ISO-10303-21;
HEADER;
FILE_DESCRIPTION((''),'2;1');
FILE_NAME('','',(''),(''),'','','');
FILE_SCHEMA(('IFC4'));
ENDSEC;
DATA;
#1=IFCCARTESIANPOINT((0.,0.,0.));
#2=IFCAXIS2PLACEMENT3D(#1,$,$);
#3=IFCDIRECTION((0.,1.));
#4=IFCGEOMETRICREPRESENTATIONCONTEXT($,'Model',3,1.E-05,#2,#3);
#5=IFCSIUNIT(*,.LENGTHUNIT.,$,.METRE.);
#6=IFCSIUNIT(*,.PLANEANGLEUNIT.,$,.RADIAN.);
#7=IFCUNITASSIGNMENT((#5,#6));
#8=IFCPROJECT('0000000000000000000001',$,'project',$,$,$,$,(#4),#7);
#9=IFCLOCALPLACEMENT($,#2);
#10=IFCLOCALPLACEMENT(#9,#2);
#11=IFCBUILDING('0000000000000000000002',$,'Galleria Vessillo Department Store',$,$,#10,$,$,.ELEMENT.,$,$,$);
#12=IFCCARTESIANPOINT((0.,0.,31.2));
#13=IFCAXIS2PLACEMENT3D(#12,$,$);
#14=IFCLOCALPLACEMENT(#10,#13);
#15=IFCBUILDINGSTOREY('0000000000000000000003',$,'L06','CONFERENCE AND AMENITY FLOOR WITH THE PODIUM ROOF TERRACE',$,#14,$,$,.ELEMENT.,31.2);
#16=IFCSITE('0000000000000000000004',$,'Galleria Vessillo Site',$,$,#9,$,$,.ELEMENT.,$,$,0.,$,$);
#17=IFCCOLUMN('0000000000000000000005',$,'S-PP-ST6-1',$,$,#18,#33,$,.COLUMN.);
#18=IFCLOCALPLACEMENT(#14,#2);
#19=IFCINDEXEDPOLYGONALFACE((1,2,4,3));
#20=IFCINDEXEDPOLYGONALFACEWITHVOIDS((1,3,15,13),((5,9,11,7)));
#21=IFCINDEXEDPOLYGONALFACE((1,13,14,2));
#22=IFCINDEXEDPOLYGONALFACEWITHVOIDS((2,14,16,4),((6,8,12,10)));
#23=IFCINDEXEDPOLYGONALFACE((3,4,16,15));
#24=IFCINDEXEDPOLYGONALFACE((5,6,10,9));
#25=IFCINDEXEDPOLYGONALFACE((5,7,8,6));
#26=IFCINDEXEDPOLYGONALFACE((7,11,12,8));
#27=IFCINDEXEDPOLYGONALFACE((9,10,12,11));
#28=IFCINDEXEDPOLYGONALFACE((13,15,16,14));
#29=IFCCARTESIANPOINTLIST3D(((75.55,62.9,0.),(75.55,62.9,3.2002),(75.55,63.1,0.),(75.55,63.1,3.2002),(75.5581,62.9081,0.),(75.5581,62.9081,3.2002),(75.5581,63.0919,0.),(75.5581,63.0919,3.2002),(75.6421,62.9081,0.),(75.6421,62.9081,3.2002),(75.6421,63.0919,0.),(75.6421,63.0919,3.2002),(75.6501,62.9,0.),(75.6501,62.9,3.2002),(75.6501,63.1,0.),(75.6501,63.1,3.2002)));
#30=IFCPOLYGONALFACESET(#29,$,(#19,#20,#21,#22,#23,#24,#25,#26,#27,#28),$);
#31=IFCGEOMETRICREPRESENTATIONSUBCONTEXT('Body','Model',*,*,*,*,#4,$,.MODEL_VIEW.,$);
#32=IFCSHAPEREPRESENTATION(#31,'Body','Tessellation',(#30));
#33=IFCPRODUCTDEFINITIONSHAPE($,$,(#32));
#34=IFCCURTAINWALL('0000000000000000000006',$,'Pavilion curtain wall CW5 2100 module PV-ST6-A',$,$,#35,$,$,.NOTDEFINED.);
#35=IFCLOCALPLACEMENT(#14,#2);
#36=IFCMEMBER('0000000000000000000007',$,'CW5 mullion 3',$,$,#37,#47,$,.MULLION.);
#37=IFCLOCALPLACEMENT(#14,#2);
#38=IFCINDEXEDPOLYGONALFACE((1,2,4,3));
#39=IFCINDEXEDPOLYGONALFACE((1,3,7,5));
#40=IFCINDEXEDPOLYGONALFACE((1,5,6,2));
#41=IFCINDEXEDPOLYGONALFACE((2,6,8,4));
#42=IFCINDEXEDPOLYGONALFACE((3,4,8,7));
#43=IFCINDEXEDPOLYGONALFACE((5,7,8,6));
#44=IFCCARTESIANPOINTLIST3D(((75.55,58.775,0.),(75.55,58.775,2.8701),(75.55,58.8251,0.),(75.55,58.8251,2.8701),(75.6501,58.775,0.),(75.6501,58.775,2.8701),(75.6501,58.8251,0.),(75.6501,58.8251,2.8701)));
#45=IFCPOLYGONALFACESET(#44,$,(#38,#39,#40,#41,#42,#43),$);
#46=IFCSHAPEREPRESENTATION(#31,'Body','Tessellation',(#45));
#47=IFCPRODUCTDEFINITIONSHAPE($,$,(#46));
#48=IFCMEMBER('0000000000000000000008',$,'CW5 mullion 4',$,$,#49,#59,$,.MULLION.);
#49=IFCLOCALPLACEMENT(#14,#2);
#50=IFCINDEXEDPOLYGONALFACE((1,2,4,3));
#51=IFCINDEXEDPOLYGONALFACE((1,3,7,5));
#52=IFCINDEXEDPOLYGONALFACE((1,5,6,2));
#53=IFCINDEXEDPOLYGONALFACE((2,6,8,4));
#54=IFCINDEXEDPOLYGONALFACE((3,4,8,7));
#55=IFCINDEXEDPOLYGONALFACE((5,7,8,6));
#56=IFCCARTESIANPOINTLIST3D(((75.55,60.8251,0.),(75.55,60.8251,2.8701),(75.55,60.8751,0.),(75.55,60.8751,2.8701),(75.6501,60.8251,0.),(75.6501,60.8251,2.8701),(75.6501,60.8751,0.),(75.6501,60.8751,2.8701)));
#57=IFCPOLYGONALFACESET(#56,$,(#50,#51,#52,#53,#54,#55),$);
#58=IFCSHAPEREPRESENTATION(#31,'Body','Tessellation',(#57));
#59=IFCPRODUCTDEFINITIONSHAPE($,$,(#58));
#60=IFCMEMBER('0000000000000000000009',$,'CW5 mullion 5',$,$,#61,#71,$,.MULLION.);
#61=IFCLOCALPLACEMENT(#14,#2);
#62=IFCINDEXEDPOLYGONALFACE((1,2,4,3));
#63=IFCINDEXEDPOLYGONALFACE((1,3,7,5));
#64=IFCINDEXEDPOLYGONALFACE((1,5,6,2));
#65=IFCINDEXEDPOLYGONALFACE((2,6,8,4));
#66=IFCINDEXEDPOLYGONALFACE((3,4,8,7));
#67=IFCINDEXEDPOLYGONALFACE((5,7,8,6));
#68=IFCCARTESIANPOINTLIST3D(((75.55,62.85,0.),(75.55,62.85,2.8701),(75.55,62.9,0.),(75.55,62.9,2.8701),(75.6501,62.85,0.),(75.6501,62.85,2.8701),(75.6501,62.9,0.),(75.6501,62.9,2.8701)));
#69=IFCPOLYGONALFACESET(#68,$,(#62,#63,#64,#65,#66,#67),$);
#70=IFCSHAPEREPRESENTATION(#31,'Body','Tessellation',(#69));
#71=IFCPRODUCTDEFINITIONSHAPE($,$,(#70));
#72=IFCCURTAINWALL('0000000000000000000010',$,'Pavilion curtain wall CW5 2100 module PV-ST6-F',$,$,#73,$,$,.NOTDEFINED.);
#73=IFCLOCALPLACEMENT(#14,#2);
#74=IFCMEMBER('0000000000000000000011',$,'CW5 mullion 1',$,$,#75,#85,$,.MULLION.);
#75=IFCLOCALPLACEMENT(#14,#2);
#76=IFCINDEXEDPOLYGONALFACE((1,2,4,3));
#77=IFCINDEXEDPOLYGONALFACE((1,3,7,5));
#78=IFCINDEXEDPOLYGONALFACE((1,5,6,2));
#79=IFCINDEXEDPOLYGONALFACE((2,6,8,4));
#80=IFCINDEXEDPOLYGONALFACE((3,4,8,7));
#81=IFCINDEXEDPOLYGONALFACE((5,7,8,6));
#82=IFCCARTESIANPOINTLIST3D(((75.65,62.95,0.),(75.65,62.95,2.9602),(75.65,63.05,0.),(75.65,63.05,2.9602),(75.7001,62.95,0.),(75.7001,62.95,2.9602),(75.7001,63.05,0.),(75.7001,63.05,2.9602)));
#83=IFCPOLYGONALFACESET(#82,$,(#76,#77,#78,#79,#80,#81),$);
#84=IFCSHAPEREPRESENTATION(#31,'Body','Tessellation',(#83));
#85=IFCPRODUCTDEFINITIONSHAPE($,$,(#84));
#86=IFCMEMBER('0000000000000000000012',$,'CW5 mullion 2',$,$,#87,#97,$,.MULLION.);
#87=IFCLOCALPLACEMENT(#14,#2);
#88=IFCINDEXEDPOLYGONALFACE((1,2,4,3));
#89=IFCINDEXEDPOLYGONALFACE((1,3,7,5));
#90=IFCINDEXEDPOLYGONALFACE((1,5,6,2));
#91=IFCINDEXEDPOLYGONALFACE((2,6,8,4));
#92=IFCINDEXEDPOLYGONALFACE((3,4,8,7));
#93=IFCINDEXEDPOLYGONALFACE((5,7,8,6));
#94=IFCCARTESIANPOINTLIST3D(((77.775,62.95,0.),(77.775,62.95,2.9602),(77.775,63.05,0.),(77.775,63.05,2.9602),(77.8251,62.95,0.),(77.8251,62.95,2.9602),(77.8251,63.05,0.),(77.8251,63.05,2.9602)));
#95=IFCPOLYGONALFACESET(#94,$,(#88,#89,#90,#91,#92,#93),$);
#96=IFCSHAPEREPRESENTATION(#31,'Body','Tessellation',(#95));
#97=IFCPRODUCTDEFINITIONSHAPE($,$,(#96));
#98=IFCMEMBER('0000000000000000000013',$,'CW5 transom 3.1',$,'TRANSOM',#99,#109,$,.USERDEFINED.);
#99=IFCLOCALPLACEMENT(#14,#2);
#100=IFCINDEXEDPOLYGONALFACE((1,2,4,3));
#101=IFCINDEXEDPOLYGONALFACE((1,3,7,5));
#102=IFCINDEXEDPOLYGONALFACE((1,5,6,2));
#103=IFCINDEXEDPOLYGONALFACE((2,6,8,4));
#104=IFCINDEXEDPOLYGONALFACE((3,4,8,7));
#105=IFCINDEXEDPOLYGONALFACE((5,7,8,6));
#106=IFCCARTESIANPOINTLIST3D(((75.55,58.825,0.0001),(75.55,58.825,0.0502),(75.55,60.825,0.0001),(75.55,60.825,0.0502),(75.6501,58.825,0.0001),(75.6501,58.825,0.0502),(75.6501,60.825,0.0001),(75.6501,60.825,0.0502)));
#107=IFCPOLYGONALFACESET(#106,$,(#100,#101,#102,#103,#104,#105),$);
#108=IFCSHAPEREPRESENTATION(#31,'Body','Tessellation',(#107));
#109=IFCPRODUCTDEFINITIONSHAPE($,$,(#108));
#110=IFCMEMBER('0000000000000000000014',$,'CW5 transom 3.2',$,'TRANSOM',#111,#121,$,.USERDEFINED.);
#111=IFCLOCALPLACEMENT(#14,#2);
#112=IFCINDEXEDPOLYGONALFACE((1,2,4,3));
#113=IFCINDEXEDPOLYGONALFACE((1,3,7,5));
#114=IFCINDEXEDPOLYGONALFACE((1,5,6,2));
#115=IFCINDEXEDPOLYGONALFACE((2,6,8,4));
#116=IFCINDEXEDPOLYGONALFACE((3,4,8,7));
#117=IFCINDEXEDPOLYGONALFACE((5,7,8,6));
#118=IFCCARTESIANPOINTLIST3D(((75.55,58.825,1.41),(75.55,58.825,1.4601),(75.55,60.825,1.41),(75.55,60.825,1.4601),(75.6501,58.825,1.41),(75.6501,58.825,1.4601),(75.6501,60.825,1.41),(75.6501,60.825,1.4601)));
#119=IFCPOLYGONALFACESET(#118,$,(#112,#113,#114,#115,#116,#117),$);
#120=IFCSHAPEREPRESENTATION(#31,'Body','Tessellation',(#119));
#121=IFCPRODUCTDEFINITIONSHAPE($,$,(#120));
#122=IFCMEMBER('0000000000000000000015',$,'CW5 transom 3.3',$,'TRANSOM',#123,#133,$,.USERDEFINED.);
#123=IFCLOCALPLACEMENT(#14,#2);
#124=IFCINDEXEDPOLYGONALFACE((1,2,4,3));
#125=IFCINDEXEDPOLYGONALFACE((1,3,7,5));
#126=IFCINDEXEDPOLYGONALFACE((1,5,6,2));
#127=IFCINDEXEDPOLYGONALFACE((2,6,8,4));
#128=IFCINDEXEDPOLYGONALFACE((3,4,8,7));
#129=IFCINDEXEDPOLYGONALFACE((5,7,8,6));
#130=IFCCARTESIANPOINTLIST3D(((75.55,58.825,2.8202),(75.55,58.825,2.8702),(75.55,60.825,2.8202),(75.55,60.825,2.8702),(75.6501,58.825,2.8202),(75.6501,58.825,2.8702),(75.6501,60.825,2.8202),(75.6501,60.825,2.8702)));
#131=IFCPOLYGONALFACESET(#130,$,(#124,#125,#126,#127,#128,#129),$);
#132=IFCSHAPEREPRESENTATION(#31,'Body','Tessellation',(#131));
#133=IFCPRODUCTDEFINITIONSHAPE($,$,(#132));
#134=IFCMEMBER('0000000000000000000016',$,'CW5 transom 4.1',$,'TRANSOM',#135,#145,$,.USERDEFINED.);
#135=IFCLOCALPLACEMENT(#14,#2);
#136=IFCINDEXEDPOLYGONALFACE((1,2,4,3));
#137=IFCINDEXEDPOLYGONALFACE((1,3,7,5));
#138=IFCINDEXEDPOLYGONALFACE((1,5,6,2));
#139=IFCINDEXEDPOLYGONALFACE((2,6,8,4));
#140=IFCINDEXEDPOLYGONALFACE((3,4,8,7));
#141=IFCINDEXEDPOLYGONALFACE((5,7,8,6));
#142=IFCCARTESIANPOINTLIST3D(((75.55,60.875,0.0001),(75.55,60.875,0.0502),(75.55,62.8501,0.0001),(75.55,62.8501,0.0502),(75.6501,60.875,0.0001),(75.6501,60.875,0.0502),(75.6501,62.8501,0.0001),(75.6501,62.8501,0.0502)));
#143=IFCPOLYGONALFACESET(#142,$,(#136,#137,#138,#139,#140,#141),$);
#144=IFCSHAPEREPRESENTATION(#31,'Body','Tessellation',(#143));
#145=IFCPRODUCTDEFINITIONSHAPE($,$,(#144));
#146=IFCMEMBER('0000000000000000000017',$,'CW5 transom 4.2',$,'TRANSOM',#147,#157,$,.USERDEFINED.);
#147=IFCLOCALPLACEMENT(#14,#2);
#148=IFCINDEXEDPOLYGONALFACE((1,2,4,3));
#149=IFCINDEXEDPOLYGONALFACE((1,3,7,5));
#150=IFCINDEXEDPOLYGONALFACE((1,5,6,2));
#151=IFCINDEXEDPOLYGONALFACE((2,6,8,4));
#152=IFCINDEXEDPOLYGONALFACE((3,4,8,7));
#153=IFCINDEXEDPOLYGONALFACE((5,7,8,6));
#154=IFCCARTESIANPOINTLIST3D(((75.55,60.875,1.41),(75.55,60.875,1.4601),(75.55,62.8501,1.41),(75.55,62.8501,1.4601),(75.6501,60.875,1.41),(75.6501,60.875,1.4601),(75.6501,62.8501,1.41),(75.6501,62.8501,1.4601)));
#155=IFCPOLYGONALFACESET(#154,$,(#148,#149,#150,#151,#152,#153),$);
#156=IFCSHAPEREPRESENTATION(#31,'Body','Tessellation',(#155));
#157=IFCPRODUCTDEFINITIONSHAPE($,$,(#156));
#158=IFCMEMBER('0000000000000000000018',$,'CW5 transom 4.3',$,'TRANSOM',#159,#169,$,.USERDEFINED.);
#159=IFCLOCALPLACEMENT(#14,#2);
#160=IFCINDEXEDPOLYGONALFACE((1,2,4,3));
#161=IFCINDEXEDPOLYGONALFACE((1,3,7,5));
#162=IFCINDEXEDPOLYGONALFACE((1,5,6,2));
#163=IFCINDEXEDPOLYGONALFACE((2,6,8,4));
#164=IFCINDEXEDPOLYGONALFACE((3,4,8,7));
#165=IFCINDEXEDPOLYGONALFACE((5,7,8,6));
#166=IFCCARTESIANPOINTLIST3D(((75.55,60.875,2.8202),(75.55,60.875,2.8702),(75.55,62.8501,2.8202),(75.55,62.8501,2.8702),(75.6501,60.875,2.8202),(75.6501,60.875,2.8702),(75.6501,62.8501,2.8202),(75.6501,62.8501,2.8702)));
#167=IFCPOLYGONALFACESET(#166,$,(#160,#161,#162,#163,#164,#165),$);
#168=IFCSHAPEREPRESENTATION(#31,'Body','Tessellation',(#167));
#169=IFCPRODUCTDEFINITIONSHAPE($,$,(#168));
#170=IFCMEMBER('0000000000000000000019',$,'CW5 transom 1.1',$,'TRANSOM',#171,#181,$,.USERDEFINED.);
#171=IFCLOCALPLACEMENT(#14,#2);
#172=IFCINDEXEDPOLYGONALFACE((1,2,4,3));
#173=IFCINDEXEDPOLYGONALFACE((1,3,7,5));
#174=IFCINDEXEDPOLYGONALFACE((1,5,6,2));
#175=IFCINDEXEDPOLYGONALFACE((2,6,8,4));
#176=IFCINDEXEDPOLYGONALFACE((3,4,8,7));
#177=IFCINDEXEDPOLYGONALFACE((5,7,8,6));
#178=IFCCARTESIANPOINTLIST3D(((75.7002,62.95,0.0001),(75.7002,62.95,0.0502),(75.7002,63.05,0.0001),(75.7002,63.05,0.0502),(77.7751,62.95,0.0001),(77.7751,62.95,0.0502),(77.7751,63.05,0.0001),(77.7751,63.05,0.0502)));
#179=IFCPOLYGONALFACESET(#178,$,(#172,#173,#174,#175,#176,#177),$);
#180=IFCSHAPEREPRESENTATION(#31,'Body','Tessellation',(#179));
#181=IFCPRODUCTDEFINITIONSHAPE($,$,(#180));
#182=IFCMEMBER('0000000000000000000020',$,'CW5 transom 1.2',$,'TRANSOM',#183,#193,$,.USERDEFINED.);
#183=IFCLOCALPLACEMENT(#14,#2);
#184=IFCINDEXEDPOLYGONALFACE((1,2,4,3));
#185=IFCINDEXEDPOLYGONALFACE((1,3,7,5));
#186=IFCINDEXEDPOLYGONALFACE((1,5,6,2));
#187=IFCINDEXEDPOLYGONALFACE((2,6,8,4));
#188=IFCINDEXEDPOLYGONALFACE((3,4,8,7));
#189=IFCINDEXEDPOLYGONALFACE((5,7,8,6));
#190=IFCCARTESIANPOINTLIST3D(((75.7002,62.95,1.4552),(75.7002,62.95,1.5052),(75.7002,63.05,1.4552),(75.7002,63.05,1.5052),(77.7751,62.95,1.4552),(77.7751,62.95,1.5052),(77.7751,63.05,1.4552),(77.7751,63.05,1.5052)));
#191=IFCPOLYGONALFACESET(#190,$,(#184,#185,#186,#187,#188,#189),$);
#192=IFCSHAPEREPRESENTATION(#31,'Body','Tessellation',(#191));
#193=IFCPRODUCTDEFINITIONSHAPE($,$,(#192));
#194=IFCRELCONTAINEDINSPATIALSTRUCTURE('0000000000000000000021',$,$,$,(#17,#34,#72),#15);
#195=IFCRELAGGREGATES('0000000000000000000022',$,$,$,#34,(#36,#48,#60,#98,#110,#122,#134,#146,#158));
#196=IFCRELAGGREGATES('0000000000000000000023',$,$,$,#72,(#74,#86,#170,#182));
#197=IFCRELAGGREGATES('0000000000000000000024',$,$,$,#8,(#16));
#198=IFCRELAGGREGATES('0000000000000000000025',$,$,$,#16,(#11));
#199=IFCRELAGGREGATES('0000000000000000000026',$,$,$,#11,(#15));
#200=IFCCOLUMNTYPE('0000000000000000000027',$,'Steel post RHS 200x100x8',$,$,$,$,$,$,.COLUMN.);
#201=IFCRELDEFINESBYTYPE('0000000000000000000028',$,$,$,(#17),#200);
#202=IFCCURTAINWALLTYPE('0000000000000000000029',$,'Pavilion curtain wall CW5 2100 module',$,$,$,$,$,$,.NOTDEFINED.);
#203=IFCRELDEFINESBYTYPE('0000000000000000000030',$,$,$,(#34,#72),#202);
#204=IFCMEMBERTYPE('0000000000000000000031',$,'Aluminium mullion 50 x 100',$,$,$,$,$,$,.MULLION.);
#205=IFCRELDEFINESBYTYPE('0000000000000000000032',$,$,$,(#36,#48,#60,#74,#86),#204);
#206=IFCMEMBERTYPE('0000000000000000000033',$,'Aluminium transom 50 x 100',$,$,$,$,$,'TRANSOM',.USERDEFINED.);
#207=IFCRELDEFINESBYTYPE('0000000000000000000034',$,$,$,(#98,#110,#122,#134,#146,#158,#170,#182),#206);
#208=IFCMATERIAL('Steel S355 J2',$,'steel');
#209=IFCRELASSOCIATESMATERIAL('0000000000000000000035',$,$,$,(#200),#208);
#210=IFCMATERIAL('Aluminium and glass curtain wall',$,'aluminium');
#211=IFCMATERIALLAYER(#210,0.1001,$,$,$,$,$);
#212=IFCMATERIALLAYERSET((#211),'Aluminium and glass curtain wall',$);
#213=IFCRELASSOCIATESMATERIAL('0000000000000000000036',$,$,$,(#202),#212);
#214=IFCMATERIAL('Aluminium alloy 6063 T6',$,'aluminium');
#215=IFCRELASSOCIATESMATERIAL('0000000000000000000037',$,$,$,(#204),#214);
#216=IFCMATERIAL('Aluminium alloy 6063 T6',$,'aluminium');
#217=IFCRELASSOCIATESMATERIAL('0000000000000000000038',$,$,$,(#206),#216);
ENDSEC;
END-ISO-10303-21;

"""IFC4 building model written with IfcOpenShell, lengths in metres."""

from ifc_helpers import new_model, si_unit, direction, frame, origin, origin_2d, place, context, subcontext, project, spatial, rectangle, hollow_rectangle, extrude, material, layer, layer_set, material_profile, profile_set, type_object, element, aggregate, save


model = new_model("IFC4")

# Units and contexts
model_context = context("Model", 3, precision=1e-05, world=origin(), true_north=direction((0.0, 1.0)))
body_context = subcontext(model_context, "Body", "Model", "MODEL_VIEW")
ifc_project = project(units=[si_unit("LENGTHUNIT", "METRE"), si_unit("PLANEANGLEUNIT", "RADIAN")], contexts=[model_context])

# Site, building, storey
site_placement = place(None, origin())
site = spatial("IfcSite", under=ifc_project, at=site_placement, Name="Galleria Vessillo Site", CompositionType="ELEMENT", RefElevation=0.0)
building_placement = place(site_placement, origin())
building = spatial("IfcBuilding", under=site, at=building_placement, Name="Galleria Vessillo Department Store", CompositionType="ELEMENT")
storey_placement = place(building_placement, frame((0.0, 0.0, 31.2)))
storey = spatial("IfcBuildingStorey", under=building, at=storey_placement, Name="L06", Description="CONFERENCE AND AMENITY FLOOR WITH THE PODIUM ROOF TERRACE", CompositionType="ELEMENT", Elevation=31.2)

# Column
ifc_material_1 = material(Name="Steel S355 J2", Category="steel")
ifc_material_profile_1 = material_profile(ifc_material_1, hollow_rectangle(XDim=0.1001, YDim=0.2, WallThickness=0.0081, at=origin_2d()), Name="RHS 200x100x8")
ifc_profile_set_1 = profile_set([ifc_material_profile_1], Name="Steel S355 J2")
column_type = type_object("IfcColumnType", Name="Steel post RHS 200x100x8", PredefinedType="COLUMN", material=ifc_profile_set_1)
column_placement = place(storey_placement, frame((75.6001, 63.0, 0.0), z_axis=(0.0, 0.0, 1.0), x_axis=(1.0, 0.0, 0.0)))
element("IfcColumn", 1, at=column_placement, inside=storey, type_object=column_type, Name="S-PP-ST6-1", PredefinedType="COLUMN", context=body_context, shape_type="SweptSolid", body=[
    extrude(hollow_rectangle(XDim=0.1001, YDim=0.2, WallThickness=0.0081, at=origin_2d()), origin(), (0.0, 0.0, 1.0), 3.2002),
])

# Curtain walls, members
ifc_material_2 = material(Name="Aluminium and glass curtain wall", Category="aluminium")
ifc_layer_1 = layer(ifc_material_2, 0.1001)
ifc_layer_set_1 = layer_set([ifc_layer_1], Name="Aluminium and glass curtain wall")
curtain_wall_type = type_object("IfcCurtainWallType", Name="Pavilion curtain wall CW5 2100 module", PredefinedType="NOTDEFINED", material=ifc_layer_set_1)
curtain_wall_1_placement = place(storey_placement, origin())
curtain_wall_1 = element("IfcCurtainWall", 2, at=curtain_wall_1_placement, inside=storey, type_object=curtain_wall_type, Name="Pavilion curtain wall CW5 2100 module PV-ST6-A", PredefinedType="NOTDEFINED")
ifc_material_3 = material(Name="Aluminium alloy 6063 T6", Category="aluminium")
ifc_material_profile_2 = material_profile(ifc_material_3, rectangle(XDim=0.1001, YDim=0.05, at=origin_2d()), Name="AL 50x100")
ifc_profile_set_2 = profile_set([ifc_material_profile_2], Name="Aluminium alloy 6063 T6")
member_type_1 = type_object("IfcMemberType", Name="Aluminium mullion 50 x 100", PredefinedType="MULLION", material=ifc_profile_set_2)
member_1_placement = place(storey_placement, frame((75.6001, 58.8, 0.0), z_axis=(0.0, 0.0, 1.0), x_axis=(-1.0, 0.0, 0.0)))
member_1 = element("IfcMember", 3, at=member_1_placement, type_object=member_type_1, Name="CW5 mullion 3", PredefinedType="MULLION", context=body_context, shape_type="SweptSolid", body=[
    extrude(rectangle(XDim=0.1001, YDim=0.05, at=origin_2d()), origin(), (0.0, 0.0, 1.0), 2.8701),
])
member_2_placement = place(storey_placement, frame((75.6001, 60.8501, 0.0), z_axis=(0.0, 0.0, 1.0), x_axis=(-1.0, 0.0, 0.0)))
member_2 = element("IfcMember", 4, at=member_2_placement, type_object=member_type_1, Name="CW5 mullion 4", PredefinedType="MULLION", context=body_context, shape_type="SweptSolid", body=[
    extrude(rectangle(XDim=0.1001, YDim=0.05, at=origin_2d()), origin(), (0.0, 0.0, 1.0), 2.8701),
])
member_3_placement = place(storey_placement, frame((75.6001, 62.875, 0.0), z_axis=(0.0, 0.0, 1.0), x_axis=(-1.0, 0.0, 0.0)))
member_3 = element("IfcMember", 5, at=member_3_placement, type_object=member_type_1, Name="CW5 mullion 5", PredefinedType="MULLION", context=body_context, shape_type="SweptSolid", body=[
    extrude(rectangle(XDim=0.1001, YDim=0.05, at=origin_2d()), origin(), (0.0, 0.0, 1.0), 2.8701),
])
curtain_wall_2_placement = place(storey_placement, origin())
curtain_wall_2 = element("IfcCurtainWall", 6, at=curtain_wall_2_placement, inside=storey, type_object=curtain_wall_type, Name="Pavilion curtain wall CW5 2100 module PV-ST6-F", PredefinedType="NOTDEFINED")
member_4_placement = place(storey_placement, frame((75.675, 63.0, 0.0), z_axis=(0.0, 0.0, 1.0), x_axis=(0.0, 1.0, 0.0)))
member_4 = element("IfcMember", 7, at=member_4_placement, type_object=member_type_1, Name="CW5 mullion 1", PredefinedType="MULLION", context=body_context, shape_type="SweptSolid", body=[
    extrude(rectangle(XDim=0.1001, YDim=0.05, at=origin_2d()), origin(), (0.0, 0.0, 1.0), 2.9602),
])
member_5_placement = place(storey_placement, frame((77.8, 63.0, 0.0), z_axis=(0.0, 0.0, 1.0), x_axis=(0.0, 1.0, 0.0)))
member_5 = element("IfcMember", 8, at=member_5_placement, type_object=member_type_1, Name="CW5 mullion 2", PredefinedType="MULLION", context=body_context, shape_type="SweptSolid", body=[
    extrude(rectangle(XDim=0.1001, YDim=0.05, at=origin_2d()), origin(), (0.0, 0.0, 1.0), 2.9602),
])

# Members
ifc_material_4 = material(Name="Aluminium alloy 6063 T6", Category="aluminium")
ifc_material_profile_3 = material_profile(ifc_material_4, rectangle(XDim=0.1001, YDim=0.05, at=origin_2d()), Name="AL 50x100")
ifc_profile_set_3 = profile_set([ifc_material_profile_3], Name="Aluminium alloy 6063 T6")
member_type_2 = type_object("IfcMemberType", Name="Aluminium transom 50 x 100", ElementType="TRANSOM", PredefinedType="USERDEFINED", material=ifc_profile_set_3)
member_6_placement = place(storey_placement, frame((75.6001, 58.825, 0.0251), z_axis=(0.0, 1.0, 0.0), x_axis=(-1.0, 0.0, 0.0)))
member_6 = element("IfcMember", 9, at=member_6_placement, type_object=member_type_2, Name="CW5 transom 3.1", ObjectType="TRANSOM", PredefinedType="USERDEFINED", context=body_context, shape_type="SweptSolid", body=[
    extrude(rectangle(XDim=0.1001, YDim=0.05, at=origin_2d()), origin(), (0.0, 0.0, 1.0), 2.0),
])
member_7_placement = place(storey_placement, frame((75.6001, 58.825, 1.4351), z_axis=(0.0, 1.0, 0.0), x_axis=(-1.0, 0.0, 0.0)))
member_7 = element("IfcMember", 10, at=member_7_placement, type_object=member_type_2, Name="CW5 transom 3.2", ObjectType="TRANSOM", PredefinedType="USERDEFINED", context=body_context, shape_type="SweptSolid", body=[
    extrude(rectangle(XDim=0.1001, YDim=0.05, at=origin_2d()), origin(), (0.0, 0.0, 1.0), 2.0),
])
member_8_placement = place(storey_placement, frame((75.6001, 58.825, 2.8452), z_axis=(0.0, 1.0, 0.0), x_axis=(-1.0, 0.0, 0.0)))
member_8 = element("IfcMember", 11, at=member_8_placement, type_object=member_type_2, Name="CW5 transom 3.3", ObjectType="TRANSOM", PredefinedType="USERDEFINED", context=body_context, shape_type="SweptSolid", body=[
    extrude(rectangle(XDim=0.1001, YDim=0.05, at=origin_2d()), origin(), (0.0, 0.0, 1.0), 2.0),
])
member_9_placement = place(storey_placement, frame((75.6001, 60.875, 0.0251), z_axis=(0.0, 1.0, 0.0), x_axis=(-1.0, 0.0, 0.0)))
member_9 = element("IfcMember", 12, at=member_9_placement, type_object=member_type_2, Name="CW5 transom 4.1", ObjectType="TRANSOM", PredefinedType="USERDEFINED", context=body_context, shape_type="SweptSolid", body=[
    extrude(rectangle(XDim=0.1001, YDim=0.05, at=origin_2d()), origin(), (0.0, 0.0, 1.0), 1.9751),
])
member_10_placement = place(storey_placement, frame((75.6001, 60.875, 1.4351), z_axis=(0.0, 1.0, 0.0), x_axis=(-1.0, 0.0, 0.0)))
member_10 = element("IfcMember", 13, at=member_10_placement, type_object=member_type_2, Name="CW5 transom 4.2", ObjectType="TRANSOM", PredefinedType="USERDEFINED", context=body_context, shape_type="SweptSolid", body=[
    extrude(rectangle(XDim=0.1001, YDim=0.05, at=origin_2d()), origin(), (0.0, 0.0, 1.0), 1.9751),
])
member_11_placement = place(storey_placement, frame((75.6001, 60.875, 2.8452), z_axis=(0.0, 1.0, 0.0), x_axis=(-1.0, 0.0, 0.0)))
member_11 = element("IfcMember", 14, at=member_11_placement, type_object=member_type_2, Name="CW5 transom 4.3", ObjectType="TRANSOM", PredefinedType="USERDEFINED", context=body_context, shape_type="SweptSolid", body=[
    extrude(rectangle(XDim=0.1001, YDim=0.05, at=origin_2d()), origin(), (0.0, 0.0, 1.0), 1.9751),
])
member_12_placement = place(storey_placement, frame((75.7002, 63.0, 0.0251), z_axis=(1.0, 0.0, 0.0), x_axis=(0.0, 1.0, 0.0)))
member_12 = element("IfcMember", 15, at=member_12_placement, type_object=member_type_2, Name="CW5 transom 1.1", ObjectType="TRANSOM", PredefinedType="USERDEFINED", context=body_context, shape_type="SweptSolid", body=[
    extrude(rectangle(XDim=0.1001, YDim=0.05, at=origin_2d()), origin(), (0.0, 0.0, 1.0), 2.075),
])
member_13_placement = place(storey_placement, frame((75.7002, 63.0, 1.4802), z_axis=(1.0, 0.0, 0.0), x_axis=(0.0, 1.0, 0.0)))
member_13 = element("IfcMember", 16, at=member_13_placement, type_object=member_type_2, Name="CW5 transom 1.2", ObjectType="TRANSOM", PredefinedType="USERDEFINED", context=body_context, shape_type="SweptSolid", body=[
    extrude(rectangle(XDim=0.1001, YDim=0.05, at=origin_2d()), origin(), (0.0, 0.0, 1.0), 2.075),
])

aggregate(curtain_wall_1, [member_1, member_2, member_3, member_6, member_7, member_8, member_9, member_10, member_11])
aggregate(curtain_wall_2, [member_4, member_5, member_12, member_13])

save(model, "model.ifc")
